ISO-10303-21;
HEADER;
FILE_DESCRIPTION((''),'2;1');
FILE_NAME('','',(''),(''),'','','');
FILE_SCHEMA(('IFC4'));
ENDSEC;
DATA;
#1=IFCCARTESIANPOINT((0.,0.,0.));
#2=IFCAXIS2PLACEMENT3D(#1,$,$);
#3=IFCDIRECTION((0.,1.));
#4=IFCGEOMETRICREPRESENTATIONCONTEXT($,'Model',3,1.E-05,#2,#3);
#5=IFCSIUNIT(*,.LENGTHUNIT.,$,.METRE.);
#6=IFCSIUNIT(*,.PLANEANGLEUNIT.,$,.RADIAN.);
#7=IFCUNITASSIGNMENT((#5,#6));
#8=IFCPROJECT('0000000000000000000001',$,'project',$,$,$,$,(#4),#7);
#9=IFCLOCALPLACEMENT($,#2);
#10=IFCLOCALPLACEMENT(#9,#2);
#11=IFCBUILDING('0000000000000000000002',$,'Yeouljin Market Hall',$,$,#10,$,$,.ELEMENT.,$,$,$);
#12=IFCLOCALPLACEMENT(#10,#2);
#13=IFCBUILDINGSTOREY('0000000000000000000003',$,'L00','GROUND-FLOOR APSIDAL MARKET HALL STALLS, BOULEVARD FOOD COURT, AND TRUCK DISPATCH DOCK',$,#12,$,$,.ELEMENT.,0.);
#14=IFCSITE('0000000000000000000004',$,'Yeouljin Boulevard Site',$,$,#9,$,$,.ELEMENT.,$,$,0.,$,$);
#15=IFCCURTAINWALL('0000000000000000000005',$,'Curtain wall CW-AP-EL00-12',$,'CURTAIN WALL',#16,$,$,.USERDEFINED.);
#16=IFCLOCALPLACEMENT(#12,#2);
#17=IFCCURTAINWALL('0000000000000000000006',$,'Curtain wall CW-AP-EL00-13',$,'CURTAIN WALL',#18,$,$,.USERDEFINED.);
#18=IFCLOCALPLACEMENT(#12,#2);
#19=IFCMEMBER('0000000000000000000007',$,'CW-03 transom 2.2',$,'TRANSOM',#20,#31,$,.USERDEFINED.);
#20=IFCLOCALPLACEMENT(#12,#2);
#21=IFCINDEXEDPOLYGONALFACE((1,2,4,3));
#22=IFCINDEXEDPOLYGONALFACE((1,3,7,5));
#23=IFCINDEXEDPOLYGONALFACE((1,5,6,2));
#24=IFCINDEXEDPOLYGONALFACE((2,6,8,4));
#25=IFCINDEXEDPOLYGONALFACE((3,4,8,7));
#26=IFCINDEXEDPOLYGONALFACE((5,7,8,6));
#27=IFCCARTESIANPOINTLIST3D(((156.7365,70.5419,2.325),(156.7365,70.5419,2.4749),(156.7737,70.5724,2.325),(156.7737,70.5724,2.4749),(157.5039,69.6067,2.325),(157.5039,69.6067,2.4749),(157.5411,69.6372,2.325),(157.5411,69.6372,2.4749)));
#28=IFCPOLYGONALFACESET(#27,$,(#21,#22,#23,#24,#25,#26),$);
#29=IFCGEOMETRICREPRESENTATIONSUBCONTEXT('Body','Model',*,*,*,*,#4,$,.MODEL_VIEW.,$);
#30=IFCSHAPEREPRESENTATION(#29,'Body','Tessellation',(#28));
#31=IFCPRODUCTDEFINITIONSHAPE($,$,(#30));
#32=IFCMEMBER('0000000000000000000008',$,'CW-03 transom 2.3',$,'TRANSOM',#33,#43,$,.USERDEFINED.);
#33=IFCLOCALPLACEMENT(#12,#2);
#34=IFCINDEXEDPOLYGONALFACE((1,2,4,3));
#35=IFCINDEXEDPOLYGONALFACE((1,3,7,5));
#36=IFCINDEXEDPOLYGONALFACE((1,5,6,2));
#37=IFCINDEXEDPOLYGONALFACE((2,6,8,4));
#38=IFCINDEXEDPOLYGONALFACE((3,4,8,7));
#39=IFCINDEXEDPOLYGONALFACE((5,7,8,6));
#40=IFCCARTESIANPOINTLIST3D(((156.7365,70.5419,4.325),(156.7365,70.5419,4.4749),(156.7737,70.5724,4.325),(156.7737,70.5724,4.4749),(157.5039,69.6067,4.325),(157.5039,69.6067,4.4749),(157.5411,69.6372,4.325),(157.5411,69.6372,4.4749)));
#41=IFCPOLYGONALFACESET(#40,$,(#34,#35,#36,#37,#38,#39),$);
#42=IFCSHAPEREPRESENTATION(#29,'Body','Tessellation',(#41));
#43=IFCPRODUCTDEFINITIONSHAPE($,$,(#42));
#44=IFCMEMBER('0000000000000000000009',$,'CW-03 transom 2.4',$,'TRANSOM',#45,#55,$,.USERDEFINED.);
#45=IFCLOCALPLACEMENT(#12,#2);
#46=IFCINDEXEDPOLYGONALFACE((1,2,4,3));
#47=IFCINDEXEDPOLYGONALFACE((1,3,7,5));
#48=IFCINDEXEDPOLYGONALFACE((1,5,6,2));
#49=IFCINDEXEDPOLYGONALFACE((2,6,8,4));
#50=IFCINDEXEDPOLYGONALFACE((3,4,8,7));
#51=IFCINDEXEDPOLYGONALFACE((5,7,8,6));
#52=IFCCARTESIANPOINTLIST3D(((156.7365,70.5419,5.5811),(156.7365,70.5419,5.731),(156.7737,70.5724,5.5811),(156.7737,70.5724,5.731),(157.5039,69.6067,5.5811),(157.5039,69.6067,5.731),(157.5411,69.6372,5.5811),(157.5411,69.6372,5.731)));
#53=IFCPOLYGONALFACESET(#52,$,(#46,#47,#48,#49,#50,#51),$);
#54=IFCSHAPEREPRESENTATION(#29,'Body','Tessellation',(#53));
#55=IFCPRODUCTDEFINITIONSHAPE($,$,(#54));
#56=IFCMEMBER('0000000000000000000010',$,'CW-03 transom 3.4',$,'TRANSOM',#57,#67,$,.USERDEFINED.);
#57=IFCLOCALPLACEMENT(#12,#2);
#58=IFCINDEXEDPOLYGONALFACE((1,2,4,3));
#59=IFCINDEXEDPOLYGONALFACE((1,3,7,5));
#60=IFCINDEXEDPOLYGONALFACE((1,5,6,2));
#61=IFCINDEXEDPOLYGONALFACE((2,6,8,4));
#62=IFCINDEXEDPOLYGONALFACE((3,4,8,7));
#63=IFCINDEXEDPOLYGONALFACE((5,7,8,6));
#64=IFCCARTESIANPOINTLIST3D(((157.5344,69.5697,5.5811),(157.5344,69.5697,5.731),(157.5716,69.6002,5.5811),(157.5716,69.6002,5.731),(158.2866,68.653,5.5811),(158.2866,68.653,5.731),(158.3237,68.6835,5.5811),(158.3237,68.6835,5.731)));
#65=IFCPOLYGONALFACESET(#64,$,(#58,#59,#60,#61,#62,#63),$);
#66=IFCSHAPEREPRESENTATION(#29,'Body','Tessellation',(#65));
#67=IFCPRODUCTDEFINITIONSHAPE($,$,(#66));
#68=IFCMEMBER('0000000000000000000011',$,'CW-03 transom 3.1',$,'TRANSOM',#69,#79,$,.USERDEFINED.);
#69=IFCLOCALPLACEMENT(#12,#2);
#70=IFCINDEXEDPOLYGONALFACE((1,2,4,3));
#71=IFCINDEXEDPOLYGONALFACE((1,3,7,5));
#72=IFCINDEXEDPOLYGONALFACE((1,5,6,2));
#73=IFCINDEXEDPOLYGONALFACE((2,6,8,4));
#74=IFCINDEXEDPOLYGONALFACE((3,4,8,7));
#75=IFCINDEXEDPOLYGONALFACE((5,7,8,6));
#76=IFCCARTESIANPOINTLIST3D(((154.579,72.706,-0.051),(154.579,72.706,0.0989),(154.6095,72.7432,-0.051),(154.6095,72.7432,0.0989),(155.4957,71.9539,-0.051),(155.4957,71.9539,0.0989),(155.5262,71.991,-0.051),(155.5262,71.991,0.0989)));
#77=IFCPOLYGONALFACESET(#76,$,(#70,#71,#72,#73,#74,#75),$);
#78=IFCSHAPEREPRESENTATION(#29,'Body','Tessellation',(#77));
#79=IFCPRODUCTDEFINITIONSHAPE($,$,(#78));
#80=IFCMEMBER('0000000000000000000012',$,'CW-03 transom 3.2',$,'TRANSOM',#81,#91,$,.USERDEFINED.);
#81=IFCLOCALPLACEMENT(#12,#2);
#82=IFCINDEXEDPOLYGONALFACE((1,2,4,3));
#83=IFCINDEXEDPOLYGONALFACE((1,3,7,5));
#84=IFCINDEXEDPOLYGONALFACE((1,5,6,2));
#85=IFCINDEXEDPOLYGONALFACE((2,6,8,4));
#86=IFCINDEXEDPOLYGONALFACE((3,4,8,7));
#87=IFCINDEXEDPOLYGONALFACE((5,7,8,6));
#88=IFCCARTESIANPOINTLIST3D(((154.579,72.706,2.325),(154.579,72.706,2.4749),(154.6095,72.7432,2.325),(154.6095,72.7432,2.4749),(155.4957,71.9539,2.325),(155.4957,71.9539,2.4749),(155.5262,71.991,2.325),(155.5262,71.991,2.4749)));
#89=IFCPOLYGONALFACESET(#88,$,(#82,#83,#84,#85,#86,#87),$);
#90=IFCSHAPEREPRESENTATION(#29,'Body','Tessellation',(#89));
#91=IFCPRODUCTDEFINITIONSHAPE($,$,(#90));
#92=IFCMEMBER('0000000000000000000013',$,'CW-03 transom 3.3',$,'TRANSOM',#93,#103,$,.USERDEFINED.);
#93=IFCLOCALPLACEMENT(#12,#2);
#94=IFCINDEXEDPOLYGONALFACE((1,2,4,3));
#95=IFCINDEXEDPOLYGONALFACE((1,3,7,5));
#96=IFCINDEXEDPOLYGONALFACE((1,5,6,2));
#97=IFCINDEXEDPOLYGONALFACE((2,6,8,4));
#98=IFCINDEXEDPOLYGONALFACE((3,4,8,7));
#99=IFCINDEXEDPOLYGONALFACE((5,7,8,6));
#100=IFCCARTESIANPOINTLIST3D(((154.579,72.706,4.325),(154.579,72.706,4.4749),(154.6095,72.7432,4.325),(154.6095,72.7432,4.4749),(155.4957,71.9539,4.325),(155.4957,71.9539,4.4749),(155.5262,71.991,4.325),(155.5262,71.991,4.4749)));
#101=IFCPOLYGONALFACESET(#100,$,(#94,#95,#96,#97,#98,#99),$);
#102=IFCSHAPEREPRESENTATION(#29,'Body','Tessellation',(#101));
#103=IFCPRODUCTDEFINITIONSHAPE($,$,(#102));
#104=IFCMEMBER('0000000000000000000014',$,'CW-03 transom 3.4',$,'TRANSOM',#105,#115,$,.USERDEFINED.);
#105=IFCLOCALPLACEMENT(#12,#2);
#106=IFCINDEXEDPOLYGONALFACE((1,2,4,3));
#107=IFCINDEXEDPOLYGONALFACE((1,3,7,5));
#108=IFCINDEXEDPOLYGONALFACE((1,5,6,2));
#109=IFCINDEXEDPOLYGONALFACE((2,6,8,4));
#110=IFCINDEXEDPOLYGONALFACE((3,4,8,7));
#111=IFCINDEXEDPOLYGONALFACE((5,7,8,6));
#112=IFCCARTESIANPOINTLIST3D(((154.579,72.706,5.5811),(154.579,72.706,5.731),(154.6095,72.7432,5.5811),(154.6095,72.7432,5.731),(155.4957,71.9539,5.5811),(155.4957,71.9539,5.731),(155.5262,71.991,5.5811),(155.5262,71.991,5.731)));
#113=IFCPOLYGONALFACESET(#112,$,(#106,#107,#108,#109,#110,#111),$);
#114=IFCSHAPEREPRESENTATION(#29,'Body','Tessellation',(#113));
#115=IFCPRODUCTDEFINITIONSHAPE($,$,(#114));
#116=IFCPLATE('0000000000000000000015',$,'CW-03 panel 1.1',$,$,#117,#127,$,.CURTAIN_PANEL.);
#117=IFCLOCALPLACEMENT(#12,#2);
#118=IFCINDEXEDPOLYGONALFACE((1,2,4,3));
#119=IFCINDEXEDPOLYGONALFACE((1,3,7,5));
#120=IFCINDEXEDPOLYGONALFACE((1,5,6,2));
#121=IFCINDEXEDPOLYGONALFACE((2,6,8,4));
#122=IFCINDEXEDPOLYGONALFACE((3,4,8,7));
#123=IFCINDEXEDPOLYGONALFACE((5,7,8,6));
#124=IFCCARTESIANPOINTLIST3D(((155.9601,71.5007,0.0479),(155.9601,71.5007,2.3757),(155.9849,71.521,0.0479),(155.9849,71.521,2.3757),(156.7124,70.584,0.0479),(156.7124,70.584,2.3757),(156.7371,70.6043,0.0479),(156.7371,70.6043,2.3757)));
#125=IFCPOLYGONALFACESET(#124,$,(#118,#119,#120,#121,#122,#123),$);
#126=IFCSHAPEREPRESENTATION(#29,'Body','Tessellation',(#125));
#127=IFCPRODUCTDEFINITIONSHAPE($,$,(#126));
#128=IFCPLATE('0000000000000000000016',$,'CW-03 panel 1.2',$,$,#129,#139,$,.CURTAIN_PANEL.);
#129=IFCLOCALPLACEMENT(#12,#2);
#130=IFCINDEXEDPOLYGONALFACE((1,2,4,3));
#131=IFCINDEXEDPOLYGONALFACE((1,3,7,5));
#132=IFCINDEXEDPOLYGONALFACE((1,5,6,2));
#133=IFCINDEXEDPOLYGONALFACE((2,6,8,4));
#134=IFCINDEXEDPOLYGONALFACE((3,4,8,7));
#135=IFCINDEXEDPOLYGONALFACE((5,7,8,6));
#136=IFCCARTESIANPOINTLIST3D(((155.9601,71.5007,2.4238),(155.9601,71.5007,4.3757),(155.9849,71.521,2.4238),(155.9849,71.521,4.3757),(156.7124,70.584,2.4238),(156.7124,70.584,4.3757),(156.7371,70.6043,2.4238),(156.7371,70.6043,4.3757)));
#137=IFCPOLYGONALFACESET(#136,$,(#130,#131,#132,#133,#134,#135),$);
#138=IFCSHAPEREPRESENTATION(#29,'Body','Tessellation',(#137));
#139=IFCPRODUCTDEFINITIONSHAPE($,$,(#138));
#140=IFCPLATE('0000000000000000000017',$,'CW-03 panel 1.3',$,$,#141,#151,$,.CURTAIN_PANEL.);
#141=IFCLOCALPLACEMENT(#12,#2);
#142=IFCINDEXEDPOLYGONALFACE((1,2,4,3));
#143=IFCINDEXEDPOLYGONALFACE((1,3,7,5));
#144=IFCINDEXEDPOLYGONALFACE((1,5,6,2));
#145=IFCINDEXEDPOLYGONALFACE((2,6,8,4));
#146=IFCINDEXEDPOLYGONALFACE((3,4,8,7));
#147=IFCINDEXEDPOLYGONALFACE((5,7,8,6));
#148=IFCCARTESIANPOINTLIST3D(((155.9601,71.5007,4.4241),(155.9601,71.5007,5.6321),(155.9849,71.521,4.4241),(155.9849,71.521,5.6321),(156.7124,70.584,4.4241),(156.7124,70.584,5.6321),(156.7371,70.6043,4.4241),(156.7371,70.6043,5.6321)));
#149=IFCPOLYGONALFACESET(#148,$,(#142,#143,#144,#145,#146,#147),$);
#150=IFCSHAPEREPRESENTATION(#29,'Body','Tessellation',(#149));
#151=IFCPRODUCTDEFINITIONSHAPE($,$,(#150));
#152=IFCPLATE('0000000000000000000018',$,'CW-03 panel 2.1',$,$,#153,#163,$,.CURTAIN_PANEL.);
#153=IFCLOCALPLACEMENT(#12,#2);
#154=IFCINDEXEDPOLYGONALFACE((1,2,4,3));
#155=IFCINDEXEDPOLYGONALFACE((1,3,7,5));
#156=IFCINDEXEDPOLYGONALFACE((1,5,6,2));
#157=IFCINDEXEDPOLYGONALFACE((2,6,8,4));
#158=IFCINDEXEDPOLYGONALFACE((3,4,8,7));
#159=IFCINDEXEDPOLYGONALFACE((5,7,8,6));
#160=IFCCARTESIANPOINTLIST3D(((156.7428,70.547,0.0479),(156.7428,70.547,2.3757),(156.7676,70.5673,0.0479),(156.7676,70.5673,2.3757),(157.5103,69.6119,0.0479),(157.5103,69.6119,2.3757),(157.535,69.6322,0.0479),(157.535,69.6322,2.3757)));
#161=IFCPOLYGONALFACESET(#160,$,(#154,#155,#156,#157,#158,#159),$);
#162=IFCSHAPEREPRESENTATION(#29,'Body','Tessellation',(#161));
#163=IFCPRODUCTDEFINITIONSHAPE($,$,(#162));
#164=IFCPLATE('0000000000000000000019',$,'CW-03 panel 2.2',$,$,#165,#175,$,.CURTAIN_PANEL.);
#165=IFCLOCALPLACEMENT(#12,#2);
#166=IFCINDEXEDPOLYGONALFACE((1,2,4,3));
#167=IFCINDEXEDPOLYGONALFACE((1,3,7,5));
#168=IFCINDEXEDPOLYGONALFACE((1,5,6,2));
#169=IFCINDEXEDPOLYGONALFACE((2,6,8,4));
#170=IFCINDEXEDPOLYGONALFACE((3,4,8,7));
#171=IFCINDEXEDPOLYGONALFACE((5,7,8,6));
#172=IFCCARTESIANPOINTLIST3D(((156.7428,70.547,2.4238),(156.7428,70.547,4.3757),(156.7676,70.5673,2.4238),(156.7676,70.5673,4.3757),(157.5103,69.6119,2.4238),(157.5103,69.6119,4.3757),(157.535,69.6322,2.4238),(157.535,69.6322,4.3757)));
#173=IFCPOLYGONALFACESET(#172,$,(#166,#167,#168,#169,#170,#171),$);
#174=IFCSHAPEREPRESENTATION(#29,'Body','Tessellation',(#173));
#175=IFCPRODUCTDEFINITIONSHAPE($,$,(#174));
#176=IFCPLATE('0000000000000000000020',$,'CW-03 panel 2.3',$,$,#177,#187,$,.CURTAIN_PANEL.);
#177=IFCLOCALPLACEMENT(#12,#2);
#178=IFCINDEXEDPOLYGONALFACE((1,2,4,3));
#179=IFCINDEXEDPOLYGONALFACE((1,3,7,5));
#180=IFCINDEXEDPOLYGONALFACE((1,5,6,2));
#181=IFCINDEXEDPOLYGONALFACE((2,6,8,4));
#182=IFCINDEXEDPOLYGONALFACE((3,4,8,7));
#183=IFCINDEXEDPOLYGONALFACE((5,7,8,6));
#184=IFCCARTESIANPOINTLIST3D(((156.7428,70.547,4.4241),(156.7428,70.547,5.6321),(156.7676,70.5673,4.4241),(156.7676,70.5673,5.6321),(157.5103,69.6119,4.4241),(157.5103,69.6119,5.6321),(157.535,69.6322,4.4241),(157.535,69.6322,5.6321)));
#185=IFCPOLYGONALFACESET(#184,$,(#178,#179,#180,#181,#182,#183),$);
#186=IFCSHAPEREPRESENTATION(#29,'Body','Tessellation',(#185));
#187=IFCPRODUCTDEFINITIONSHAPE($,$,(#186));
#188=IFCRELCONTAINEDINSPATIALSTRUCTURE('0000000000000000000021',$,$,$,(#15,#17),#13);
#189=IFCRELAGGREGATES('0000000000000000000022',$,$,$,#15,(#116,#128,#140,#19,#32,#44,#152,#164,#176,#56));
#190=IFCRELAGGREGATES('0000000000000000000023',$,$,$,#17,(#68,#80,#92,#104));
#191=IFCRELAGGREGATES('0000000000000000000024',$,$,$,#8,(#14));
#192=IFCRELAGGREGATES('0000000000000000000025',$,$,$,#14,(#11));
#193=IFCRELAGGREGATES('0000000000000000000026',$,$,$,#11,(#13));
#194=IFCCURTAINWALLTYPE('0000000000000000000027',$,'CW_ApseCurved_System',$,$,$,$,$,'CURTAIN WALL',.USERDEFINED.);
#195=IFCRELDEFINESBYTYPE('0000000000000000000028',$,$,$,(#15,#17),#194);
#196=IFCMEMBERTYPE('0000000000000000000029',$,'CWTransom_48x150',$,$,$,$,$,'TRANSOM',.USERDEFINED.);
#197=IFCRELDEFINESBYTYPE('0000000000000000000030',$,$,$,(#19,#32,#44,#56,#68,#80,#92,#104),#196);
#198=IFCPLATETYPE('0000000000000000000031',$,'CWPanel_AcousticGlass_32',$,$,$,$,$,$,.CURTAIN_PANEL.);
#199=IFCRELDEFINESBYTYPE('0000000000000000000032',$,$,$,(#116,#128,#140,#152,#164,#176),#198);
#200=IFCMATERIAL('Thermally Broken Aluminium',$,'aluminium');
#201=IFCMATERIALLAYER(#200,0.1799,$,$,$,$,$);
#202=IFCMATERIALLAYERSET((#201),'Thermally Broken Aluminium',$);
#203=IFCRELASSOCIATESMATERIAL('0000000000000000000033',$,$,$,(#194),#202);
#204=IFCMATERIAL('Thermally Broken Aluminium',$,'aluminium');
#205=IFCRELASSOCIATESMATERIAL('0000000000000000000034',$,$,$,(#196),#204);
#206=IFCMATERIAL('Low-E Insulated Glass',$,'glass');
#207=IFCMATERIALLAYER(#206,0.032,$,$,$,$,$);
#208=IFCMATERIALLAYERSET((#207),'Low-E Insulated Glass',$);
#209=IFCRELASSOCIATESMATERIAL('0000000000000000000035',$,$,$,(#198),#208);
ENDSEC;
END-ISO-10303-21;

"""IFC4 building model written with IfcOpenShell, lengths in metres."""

from ifc_helpers import new_model, si_unit, direction, frame, origin, origin_2d, place, context, subcontext, project, spatial, rectangle, extrude, material, layer, layer_set, material_profile, profile_set, type_object, element, aggregate, save


model = new_model("IFC4")

# Units and contexts
model_context = context("Model", 3, precision=1e-05, world=origin(), true_north=direction((0.0, 1.0)))
body_context = subcontext(model_context, "Body", "Model", "MODEL_VIEW")
ifc_project = project(units=[si_unit("LENGTHUNIT", "METRE"), si_unit("PLANEANGLEUNIT", "RADIAN")], contexts=[model_context])

# Site, building, storey
site_placement = place(None, origin())
site = spatial("IfcSite", under=ifc_project, at=site_placement, Name="Yeouljin Boulevard Site", CompositionType="ELEMENT", RefElevation=0.0)
building_placement = place(site_placement, origin())
building = spatial("IfcBuilding", under=site, at=building_placement, Name="Yeouljin Market Hall", CompositionType="ELEMENT")
storey_placement = place(building_placement, origin())
storey = spatial("IfcBuildingStorey", under=building, at=storey_placement, Name="L00", Description="GROUND-FLOOR APSIDAL MARKET HALL STALLS, BOULEVARD FOOD COURT, AND TRUCK DISPATCH DOCK", CompositionType="ELEMENT", Elevation=0.0)

# Curtain walls
ifc_material_1 = material(Name="Thermally Broken Aluminium", Category="aluminium")
ifc_layer_1 = layer(ifc_material_1, 0.1799)
ifc_layer_set_1 = layer_set([ifc_layer_1], Name="Thermally Broken Aluminium")
curtain_wall_type = type_object("IfcCurtainWallType", Name="CW_ApseCurved_System", ElementType="CURTAIN WALL", PredefinedType="USERDEFINED", material=ifc_layer_set_1)
curtain_wall_1_placement = place(storey_placement, origin())
curtain_wall_1 = element("IfcCurtainWall", 1, at=curtain_wall_1_placement, inside=storey, type_object=curtain_wall_type, Name="Curtain wall CW-AP-EL00-12", ObjectType="CURTAIN WALL", PredefinedType="USERDEFINED")
curtain_wall_2_placement = place(storey_placement, origin())
curtain_wall_2 = element("IfcCurtainWall", 2, at=curtain_wall_2_placement, inside=storey, type_object=curtain_wall_type, Name="Curtain wall CW-AP-EL00-13", ObjectType="CURTAIN WALL", PredefinedType="USERDEFINED")

# Members
ifc_material_2 = material(Name="Thermally Broken Aluminium", Category="aluminium")
ifc_material_profile_1 = material_profile(ifc_material_2, rectangle(XDim=0.0481, YDim=0.1499, at=origin_2d()), Name="CW-TRAN-48x150")
ifc_profile_set_1 = profile_set([ifc_material_profile_1], Name="Thermally Broken Aluminium")
member_type_1 = type_object("IfcMemberType", Name="CWTransom_48x150", ElementType="TRANSOM", PredefinedType="USERDEFINED", material=ifc_profile_set_1)
member_1_placement = place(storey_placement, frame((156.7551, 70.5571, 2.3999), z_axis=(0.634369, -0.77303, 0.0), x_axis=(0.77303, 0.634369, 0.0)))
member_1 = element("IfcMember", 3, at=member_1_placement, type_object=member_type_1, Name="CW-03 transom 2.2", ObjectType="TRANSOM", PredefinedType="USERDEFINED", context=body_context, shape_type="SweptSolid", body=[
    extrude(rectangle(XDim=0.0481, YDim=0.1499, at=origin_2d()), origin(), (0.0, 0.0, 1.0), 1.2097),
])
member_2_placement = place(storey_placement, frame((156.7551, 70.5571, 4.3999), z_axis=(0.634369, -0.77303, 0.0), x_axis=(0.77303, 0.634369, 0.0)))
member_2 = element("IfcMember", 4, at=member_2_placement, type_object=member_type_1, Name="CW-03 transom 2.3", ObjectType="TRANSOM", PredefinedType="USERDEFINED", context=body_context, shape_type="SweptSolid", body=[
    extrude(rectangle(XDim=0.0481, YDim=0.1499, at=origin_2d()), origin(), (0.0, 0.0, 1.0), 1.2097),
])
member_3_placement = place(storey_placement, frame((156.7551, 70.5571, 5.656), z_axis=(0.634369, -0.77303, 0.0), x_axis=(0.77303, 0.634369, 0.0)))
member_3 = element("IfcMember", 5, at=member_3_placement, type_object=member_type_1, Name="CW-03 transom 2.4", ObjectType="TRANSOM", PredefinedType="USERDEFINED", context=body_context, shape_type="SweptSolid", body=[
    extrude(rectangle(XDim=0.0481, YDim=0.1499, at=origin_2d()), origin(), (0.0, 0.0, 1.0), 1.2097),
])
member_4_placement = place(storey_placement, frame((157.553, 69.585, 5.656), z_axis=(0.634313, -0.773076, 0.0), x_axis=(0.773076, 0.634313, 0.0)))
member_4 = element("IfcMember", 6, at=member_4_placement, type_object=member_type_1, Name="CW-03 transom 3.4", ObjectType="TRANSOM", PredefinedType="USERDEFINED", context=body_context, shape_type="SweptSolid", body=[
    extrude(rectangle(XDim=0.0481, YDim=0.1499, at=origin_2d()), origin(), (0.0, 0.0, 1.0), 1.1858),
])
member_5_placement = place(storey_placement, frame((154.5942, 72.7246, 0.0239), z_axis=(0.773076, -0.634313, 0.0), x_axis=(0.634313, 0.773076, 0.0)))
member_5 = element("IfcMember", 7, at=member_5_placement, type_object=member_type_1, Name="CW-03 transom 3.1", ObjectType="TRANSOM", PredefinedType="USERDEFINED", context=body_context, shape_type="SweptSolid", body=[
    extrude(rectangle(XDim=0.0481, YDim=0.1499, at=origin_2d()), origin(), (0.0, 0.0, 1.0), 1.1858),
])
member_6_placement = place(storey_placement, frame((154.5942, 72.7246, 2.3999), z_axis=(0.773076, -0.634313, 0.0), x_axis=(0.634313, 0.773076, 0.0)))
member_6 = element("IfcMember", 8, at=member_6_placement, type_object=member_type_1, Name="CW-03 transom 3.2", ObjectType="TRANSOM", PredefinedType="USERDEFINED", context=body_context, shape_type="SweptSolid", body=[
    extrude(rectangle(XDim=0.0481, YDim=0.1499, at=origin_2d()), origin(), (0.0, 0.0, 1.0), 1.1858),
])
member_7_placement = place(storey_placement, frame((154.5942, 72.7246, 4.3999), z_axis=(0.773076, -0.634313, 0.0), x_axis=(0.634313, 0.773076, 0.0)))
member_7 = element("IfcMember", 9, at=member_7_placement, type_object=member_type_1, Name="CW-03 transom 3.3", ObjectType="TRANSOM", PredefinedType="USERDEFINED", context=body_context, shape_type="SweptSolid", body=[
    extrude(rectangle(XDim=0.0481, YDim=0.1499, at=origin_2d()), origin(), (0.0, 0.0, 1.0), 1.1858),
])
member_8_placement = place(storey_placement, frame((154.5942, 72.7246, 5.656), z_axis=(0.773076, -0.634313, 0.0), x_axis=(0.634313, 0.773076, 0.0)))
member_8 = element("IfcMember", 10, at=member_8_placement, type_object=member_type_1, Name="CW-03 transom 3.4", ObjectType="TRANSOM", PredefinedType="USERDEFINED", context=body_context, shape_type="SweptSolid", body=[
    extrude(rectangle(XDim=0.0481, YDim=0.1499, at=origin_2d()), origin(), (0.0, 0.0, 1.0), 1.1858),
])

# Plates
ifc_material_3 = material(Name="Low-E Insulated Glass", Category="glass")
ifc_layer_2 = layer(ifc_material_3, 0.032)
ifc_layer_set_2 = layer_set([ifc_layer_2], Name="Low-E Insulated Glass")
plate_type = type_object("IfcPlateType", Name="CWPanel_AcousticGlass_32", PredefinedType="CURTAIN_PANEL", material=ifc_layer_set_2)
plate_1_placement = place(storey_placement, frame((156.3486, 71.0525, 0.0479), z_axis=(0.0, 0.0, 1.0), x_axis=(0.634384, -0.773018, 0.0)))
plate_1 = element("IfcPlate", 11, at=plate_1_placement, type_object=plate_type, Name="CW-03 panel 1.1", PredefinedType="CURTAIN_PANEL", context=body_context, shape_type="SweptSolid", body=[
    extrude(rectangle(XDim=1.1858, YDim=0.032, at=origin_2d()), origin(), (0.0, 0.0, 1.0), 2.3279),
])
plate_2_placement = place(storey_placement, frame((156.3486, 71.0525, 2.4238), z_axis=(0.0, 0.0, 1.0), x_axis=(0.634384, -0.773018, 0.0)))
plate_2 = element("IfcPlate", 12, at=plate_2_placement, type_object=plate_type, Name="CW-03 panel 1.2", PredefinedType="CURTAIN_PANEL", context=body_context, shape_type="SweptSolid", body=[
    extrude(rectangle(XDim=1.1858, YDim=0.032, at=origin_2d()), origin(), (0.0, 0.0, 1.0), 1.9519),
])
plate_3_placement = place(storey_placement, frame((156.3486, 71.0525, 4.4241), z_axis=(0.0, 0.0, 1.0), x_axis=(0.634384, -0.773018, 0.0)))
plate_3 = element("IfcPlate", 13, at=plate_3_placement, type_object=plate_type, Name="CW-03 panel 1.3", PredefinedType="CURTAIN_PANEL", context=body_context, shape_type="SweptSolid", body=[
    extrude(rectangle(XDim=1.1858, YDim=0.032, at=origin_2d()), origin(), (0.0, 0.0, 1.0), 1.208),
])
plate_4_placement = place(storey_placement, frame((157.1389, 70.0896, 0.0479), z_axis=(0.0, 0.0, 1.0), x_axis=(0.634384, -0.773018, 0.0)))
plate_4 = element("IfcPlate", 14, at=plate_4_placement, type_object=plate_type, Name="CW-03 panel 2.1", PredefinedType="CURTAIN_PANEL", context=body_context, shape_type="SweptSolid", body=[
    extrude(rectangle(XDim=1.2097, YDim=0.032, at=origin_2d()), origin(), (0.0, 0.0, 1.0), 2.3279),
])
plate_5_placement = place(storey_placement, frame((157.1389, 70.0896, 2.4238), z_axis=(0.0, 0.0, 1.0), x_axis=(0.634384, -0.773018, 0.0)))
plate_5 = element("IfcPlate", 15, at=plate_5_placement, type_object=plate_type, Name="CW-03 panel 2.2", PredefinedType="CURTAIN_PANEL", context=body_context, shape_type="SweptSolid", body=[
    extrude(rectangle(XDim=1.2097, YDim=0.032, at=origin_2d()), origin(), (0.0, 0.0, 1.0), 1.9519),
])
plate_6_placement = place(storey_placement, frame((157.1389, 70.0896, 4.4241), z_axis=(0.0, 0.0, 1.0), x_axis=(0.634384, -0.773018, 0.0)))
plate_6 = element("IfcPlate", 16, at=plate_6_placement, type_object=plate_type, Name="CW-03 panel 2.3", PredefinedType="CURTAIN_PANEL", context=body_context, shape_type="SweptSolid", body=[
    extrude(rectangle(XDim=1.2097, YDim=0.032, at=origin_2d()), origin(), (0.0, 0.0, 1.0), 1.208),
])
aggregate(curtain_wall_1, [plate_1, plate_2, plate_3, member_1, member_2, member_3, plate_4, plate_5, plate_6, member_4])
aggregate(curtain_wall_2, [member_5, member_6, member_7, member_8])

save(model, "model.ifc")
